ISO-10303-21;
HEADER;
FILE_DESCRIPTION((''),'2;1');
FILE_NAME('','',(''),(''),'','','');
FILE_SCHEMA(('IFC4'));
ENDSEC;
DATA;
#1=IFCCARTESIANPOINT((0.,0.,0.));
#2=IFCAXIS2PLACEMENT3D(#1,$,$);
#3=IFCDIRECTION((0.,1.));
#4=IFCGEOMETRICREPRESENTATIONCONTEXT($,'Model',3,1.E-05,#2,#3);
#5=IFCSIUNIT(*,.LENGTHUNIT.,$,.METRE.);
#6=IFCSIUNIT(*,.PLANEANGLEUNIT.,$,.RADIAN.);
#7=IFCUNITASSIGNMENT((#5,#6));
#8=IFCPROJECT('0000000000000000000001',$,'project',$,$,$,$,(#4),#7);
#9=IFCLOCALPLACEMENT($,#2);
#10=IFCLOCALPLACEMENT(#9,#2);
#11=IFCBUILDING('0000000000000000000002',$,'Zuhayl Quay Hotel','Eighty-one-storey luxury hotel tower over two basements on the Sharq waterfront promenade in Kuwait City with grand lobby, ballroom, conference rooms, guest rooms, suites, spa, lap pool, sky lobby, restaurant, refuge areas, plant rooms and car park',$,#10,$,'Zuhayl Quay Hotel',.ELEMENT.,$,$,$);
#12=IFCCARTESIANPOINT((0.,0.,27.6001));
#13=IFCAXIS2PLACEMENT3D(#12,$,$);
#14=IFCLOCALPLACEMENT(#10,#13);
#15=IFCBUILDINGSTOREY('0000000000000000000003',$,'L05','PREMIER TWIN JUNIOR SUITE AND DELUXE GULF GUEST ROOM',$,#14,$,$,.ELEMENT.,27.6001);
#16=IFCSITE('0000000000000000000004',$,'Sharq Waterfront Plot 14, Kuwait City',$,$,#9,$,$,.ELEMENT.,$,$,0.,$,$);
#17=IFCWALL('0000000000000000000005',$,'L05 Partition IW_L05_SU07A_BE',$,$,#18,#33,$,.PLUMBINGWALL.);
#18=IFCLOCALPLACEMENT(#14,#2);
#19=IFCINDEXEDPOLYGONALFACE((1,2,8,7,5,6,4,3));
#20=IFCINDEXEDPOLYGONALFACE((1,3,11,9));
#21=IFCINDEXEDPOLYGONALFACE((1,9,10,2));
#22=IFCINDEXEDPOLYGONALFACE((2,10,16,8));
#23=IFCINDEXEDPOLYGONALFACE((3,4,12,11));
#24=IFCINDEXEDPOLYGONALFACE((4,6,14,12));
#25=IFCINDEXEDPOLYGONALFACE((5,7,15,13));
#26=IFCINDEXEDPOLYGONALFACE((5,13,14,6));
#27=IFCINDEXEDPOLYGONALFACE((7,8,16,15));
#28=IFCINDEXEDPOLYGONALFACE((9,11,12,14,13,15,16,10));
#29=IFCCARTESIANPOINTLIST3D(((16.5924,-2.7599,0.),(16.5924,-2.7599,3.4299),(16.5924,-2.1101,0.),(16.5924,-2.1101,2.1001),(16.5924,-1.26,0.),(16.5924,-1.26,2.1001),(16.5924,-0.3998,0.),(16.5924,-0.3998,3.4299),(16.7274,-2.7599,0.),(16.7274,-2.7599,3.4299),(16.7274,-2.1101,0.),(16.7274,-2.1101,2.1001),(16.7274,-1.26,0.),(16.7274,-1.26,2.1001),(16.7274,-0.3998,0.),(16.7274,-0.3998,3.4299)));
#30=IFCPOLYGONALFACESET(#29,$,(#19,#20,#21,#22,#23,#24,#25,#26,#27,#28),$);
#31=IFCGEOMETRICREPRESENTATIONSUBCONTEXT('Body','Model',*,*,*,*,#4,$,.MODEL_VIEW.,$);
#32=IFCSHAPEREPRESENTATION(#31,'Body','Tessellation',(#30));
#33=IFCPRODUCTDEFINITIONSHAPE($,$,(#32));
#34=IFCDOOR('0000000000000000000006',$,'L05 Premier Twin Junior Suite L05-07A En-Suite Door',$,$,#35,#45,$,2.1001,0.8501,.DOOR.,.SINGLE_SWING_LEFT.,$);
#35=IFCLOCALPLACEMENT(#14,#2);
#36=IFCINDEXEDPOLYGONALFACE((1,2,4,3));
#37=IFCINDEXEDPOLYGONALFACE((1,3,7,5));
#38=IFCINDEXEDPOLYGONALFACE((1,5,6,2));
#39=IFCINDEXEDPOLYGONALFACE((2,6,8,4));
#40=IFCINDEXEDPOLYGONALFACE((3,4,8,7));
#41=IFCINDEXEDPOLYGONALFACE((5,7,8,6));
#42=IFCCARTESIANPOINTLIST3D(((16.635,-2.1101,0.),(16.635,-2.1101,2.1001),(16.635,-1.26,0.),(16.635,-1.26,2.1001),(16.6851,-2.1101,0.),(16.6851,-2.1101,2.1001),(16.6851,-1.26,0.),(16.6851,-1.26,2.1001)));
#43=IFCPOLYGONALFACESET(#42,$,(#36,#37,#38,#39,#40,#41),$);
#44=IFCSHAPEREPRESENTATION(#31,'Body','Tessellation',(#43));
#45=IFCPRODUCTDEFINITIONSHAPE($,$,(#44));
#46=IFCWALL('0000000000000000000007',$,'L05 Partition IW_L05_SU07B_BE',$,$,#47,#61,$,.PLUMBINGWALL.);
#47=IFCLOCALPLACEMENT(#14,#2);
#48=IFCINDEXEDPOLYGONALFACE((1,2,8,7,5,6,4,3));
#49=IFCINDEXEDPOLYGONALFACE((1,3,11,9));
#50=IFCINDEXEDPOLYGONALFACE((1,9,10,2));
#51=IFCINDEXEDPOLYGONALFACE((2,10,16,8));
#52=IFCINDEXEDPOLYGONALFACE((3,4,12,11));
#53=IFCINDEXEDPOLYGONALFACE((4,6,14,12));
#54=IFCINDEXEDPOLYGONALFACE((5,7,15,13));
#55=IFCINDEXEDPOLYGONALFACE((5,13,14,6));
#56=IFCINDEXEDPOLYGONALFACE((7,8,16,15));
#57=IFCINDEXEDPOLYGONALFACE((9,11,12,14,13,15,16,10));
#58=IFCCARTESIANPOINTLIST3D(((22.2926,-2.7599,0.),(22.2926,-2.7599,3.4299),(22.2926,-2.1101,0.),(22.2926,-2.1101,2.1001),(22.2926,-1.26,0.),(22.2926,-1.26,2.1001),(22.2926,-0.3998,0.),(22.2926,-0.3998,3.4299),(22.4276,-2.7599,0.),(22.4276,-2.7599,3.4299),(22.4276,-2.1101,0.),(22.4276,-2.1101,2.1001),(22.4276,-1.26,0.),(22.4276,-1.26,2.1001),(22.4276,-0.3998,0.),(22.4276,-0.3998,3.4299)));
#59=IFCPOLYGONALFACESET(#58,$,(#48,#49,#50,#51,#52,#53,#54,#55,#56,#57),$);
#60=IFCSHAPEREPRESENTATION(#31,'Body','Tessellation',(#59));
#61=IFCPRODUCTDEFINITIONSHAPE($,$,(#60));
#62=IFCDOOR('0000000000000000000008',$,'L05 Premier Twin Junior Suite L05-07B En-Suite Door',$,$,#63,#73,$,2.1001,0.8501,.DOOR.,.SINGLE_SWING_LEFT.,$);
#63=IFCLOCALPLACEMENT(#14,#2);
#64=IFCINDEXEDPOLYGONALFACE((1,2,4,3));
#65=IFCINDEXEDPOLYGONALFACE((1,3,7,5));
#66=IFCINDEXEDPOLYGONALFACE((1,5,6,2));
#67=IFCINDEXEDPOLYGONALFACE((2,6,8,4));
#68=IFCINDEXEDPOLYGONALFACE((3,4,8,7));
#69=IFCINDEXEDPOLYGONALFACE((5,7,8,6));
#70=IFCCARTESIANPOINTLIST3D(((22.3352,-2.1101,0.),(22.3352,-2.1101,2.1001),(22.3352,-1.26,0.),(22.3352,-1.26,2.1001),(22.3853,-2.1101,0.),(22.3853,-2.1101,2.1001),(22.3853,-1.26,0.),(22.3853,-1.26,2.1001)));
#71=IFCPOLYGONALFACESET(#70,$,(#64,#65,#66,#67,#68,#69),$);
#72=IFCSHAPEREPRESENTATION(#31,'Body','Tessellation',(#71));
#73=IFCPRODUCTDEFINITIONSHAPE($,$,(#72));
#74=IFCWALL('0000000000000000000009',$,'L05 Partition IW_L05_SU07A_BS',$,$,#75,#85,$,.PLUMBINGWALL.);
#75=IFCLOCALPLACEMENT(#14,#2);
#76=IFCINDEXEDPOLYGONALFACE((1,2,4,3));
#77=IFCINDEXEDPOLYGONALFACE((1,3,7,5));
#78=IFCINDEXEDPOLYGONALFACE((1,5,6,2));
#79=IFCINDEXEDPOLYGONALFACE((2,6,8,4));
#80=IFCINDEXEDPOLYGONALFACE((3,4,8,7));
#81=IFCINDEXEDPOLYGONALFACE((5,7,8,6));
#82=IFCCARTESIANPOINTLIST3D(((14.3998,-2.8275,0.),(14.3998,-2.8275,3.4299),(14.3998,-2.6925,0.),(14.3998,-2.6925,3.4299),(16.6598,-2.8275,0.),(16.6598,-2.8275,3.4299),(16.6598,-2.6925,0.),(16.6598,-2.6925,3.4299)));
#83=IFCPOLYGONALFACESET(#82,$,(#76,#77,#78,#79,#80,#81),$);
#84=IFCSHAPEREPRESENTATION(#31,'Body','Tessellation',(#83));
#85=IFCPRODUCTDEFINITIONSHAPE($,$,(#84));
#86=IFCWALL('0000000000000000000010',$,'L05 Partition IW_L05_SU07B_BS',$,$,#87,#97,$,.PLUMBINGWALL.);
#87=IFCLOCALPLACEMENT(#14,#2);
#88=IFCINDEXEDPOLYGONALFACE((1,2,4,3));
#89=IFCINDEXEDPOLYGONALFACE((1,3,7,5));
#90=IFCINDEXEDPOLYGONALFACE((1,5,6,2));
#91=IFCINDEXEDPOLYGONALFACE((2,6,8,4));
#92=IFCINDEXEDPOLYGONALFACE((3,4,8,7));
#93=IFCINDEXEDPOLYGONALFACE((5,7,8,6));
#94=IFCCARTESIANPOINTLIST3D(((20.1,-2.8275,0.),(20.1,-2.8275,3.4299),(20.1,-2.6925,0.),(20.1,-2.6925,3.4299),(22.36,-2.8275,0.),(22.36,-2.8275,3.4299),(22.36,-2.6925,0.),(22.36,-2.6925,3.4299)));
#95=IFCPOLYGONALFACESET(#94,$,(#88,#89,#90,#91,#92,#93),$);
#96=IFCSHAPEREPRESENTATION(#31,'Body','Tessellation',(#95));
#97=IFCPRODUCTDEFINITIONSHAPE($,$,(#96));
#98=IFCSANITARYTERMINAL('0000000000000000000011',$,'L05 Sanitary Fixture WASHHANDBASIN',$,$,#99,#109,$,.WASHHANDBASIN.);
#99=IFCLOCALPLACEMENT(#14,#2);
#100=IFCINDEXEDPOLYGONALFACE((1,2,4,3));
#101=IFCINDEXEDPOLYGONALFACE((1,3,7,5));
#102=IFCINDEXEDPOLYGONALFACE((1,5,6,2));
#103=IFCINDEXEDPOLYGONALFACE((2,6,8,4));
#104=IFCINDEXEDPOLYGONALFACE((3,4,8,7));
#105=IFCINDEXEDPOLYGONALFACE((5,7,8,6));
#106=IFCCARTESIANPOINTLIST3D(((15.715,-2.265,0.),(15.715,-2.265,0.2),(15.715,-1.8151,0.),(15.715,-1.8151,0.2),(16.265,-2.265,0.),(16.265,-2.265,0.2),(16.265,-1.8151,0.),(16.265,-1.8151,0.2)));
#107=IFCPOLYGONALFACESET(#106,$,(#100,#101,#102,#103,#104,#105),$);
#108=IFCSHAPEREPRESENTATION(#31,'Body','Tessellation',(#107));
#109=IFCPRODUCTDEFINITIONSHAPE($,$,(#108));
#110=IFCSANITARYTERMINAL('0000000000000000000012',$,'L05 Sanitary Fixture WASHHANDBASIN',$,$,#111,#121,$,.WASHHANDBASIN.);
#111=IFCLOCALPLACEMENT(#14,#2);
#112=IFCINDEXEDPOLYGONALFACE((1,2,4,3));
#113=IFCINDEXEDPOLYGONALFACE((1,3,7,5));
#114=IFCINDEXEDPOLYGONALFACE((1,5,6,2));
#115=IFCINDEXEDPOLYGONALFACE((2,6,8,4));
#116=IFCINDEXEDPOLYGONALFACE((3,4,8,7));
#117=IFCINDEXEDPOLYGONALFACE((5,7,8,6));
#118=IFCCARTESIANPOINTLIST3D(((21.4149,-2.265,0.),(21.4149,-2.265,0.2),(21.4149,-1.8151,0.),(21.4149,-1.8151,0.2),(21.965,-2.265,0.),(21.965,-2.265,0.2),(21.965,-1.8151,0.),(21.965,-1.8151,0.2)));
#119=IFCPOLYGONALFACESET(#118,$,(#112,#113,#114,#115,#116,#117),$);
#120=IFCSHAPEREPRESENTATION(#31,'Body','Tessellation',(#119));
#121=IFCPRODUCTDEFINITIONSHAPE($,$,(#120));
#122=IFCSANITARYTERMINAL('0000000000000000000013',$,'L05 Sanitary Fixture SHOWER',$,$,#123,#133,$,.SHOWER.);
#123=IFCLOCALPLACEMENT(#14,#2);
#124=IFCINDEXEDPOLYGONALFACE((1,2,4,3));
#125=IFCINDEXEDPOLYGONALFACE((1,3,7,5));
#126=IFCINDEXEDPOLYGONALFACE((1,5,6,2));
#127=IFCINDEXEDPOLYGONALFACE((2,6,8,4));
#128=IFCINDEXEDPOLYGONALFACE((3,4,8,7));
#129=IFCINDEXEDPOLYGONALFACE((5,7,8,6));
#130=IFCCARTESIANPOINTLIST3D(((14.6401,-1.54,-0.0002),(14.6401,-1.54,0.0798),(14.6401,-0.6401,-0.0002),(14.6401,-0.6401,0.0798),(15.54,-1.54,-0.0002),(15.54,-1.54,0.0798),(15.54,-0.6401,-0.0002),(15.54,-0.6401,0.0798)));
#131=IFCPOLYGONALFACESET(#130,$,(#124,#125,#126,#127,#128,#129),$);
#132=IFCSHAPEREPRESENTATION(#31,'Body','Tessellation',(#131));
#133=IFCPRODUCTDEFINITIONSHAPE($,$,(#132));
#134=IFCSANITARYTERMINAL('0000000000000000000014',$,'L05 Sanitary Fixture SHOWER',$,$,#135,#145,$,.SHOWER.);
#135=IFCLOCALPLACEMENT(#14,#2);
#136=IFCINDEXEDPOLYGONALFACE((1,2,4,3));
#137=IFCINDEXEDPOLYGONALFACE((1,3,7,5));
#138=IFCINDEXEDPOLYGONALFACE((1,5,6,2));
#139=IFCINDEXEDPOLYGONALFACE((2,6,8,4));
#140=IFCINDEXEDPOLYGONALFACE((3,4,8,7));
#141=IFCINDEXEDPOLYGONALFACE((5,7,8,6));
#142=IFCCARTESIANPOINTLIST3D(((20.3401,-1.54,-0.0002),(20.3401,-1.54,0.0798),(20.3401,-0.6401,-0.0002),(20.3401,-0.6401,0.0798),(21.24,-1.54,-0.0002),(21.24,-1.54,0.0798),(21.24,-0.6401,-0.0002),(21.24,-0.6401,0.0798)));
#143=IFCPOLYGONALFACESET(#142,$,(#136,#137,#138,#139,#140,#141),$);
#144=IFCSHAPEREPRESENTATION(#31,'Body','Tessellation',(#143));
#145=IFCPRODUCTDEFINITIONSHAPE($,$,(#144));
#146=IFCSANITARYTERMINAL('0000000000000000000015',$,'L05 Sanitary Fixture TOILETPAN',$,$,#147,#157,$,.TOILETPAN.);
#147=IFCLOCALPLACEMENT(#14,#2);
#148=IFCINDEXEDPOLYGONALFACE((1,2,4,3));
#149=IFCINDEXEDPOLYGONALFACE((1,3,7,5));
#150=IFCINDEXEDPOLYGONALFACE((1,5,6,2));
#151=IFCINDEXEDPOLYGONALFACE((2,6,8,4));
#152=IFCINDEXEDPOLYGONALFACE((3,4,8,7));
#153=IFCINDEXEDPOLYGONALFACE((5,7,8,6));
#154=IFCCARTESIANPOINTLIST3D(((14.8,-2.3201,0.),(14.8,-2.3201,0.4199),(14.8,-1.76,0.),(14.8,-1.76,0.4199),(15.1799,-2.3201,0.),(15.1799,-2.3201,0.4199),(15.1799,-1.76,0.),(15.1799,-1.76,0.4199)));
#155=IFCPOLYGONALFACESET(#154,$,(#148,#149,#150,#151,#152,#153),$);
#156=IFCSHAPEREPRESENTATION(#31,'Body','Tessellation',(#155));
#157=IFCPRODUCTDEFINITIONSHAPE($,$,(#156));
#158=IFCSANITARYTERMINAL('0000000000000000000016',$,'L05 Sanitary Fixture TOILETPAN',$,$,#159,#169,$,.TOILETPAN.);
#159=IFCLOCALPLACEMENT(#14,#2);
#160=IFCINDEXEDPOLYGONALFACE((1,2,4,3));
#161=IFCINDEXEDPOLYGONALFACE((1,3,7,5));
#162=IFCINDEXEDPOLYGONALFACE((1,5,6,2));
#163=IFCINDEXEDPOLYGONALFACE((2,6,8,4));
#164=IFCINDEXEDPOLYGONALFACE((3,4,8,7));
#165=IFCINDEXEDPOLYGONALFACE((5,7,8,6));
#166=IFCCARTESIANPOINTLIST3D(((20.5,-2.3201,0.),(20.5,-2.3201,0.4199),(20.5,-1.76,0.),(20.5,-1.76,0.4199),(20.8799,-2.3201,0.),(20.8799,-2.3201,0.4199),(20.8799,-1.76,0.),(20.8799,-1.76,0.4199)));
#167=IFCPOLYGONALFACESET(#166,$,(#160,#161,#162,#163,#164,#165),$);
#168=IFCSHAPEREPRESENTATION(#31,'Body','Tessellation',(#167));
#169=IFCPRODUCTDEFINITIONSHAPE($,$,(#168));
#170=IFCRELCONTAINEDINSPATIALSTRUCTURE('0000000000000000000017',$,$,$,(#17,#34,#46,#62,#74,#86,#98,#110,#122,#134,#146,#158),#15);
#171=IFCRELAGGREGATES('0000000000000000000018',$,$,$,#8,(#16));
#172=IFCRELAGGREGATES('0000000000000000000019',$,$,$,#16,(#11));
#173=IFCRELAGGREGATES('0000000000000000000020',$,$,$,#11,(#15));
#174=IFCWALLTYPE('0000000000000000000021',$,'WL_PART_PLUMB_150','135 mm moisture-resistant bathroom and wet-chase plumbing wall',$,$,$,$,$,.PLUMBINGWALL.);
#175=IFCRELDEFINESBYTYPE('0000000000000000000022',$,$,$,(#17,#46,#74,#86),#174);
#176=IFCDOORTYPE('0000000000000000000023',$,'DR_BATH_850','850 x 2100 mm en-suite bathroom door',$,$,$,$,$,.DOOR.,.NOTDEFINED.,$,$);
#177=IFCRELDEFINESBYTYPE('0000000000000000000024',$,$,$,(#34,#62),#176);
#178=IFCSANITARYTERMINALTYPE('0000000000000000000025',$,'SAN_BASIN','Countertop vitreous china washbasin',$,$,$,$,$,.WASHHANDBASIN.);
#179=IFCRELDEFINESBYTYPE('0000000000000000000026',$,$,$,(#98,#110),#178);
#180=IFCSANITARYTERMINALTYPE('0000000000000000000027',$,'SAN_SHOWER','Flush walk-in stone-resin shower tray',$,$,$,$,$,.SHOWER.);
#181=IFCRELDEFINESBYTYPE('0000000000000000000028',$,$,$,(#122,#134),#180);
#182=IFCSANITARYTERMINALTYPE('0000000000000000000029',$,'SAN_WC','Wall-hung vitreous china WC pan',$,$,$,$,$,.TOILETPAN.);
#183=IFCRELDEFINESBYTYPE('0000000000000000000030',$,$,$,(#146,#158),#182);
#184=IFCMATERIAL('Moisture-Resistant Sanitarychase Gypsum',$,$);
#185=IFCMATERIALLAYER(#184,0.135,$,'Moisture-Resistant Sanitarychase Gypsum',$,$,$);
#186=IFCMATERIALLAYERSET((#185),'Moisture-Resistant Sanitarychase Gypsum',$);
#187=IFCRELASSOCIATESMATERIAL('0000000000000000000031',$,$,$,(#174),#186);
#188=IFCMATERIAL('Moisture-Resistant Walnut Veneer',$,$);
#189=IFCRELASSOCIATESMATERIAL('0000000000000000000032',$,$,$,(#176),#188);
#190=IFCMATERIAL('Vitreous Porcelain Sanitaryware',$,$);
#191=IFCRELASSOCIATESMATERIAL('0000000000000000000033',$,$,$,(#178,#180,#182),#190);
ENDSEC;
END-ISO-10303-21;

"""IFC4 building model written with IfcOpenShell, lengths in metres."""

from ifc_helpers import new_model, si_unit, direction, frame, frame_2d, origin, origin_2d, place, context, subcontext, project, spatial, rectangle, extrude, material, layer, layer_set, type_object, element, fill, save


model = new_model("IFC4")

# Units and contexts
model_context = context("Model", 3, precision=1e-05, world=origin(), true_north=direction((0.0, 1.0)))
body_context = subcontext(model_context, "Body", "Model", "MODEL_VIEW")
ifc_project = project(units=[si_unit("LENGTHUNIT", "METRE"), si_unit("PLANEANGLEUNIT", "RADIAN")], contexts=[model_context])

# Site, building, storey
site_placement = place(None, origin())
site = spatial("IfcSite", under=ifc_project, at=site_placement, Name="Sharq Waterfront Plot 14, Kuwait City", CompositionType="ELEMENT", RefElevation=0.0)
building_placement = place(site_placement, origin())
building = spatial("IfcBuilding", under=site, at=building_placement, Name="Zuhayl Quay Hotel", Description="Eighty-one-storey luxury hotel tower over two basements on the Sharq waterfront promenade in Kuwait City with grand lobby, ballroom, conference rooms, guest rooms, suites, spa, lap pool, sky lobby, restaurant, refuge areas, plant rooms and car park", LongName="Zuhayl Quay Hotel", CompositionType="ELEMENT")
storey_placement = place(building_placement, frame((0.0, 0.0, 27.6001)))
storey = spatial("IfcBuildingStorey", under=building, at=storey_placement, Name="L05", Description="PREMIER TWIN JUNIOR SUITE AND DELUXE GULF GUEST ROOM", CompositionType="ELEMENT", Elevation=27.6001)

# Walls, openings, doors
ifc_material_1 = material(Name="Moisture-Resistant Sanitarychase Gypsum")
ifc_layer_1 = layer(ifc_material_1, 0.135, Name="Moisture-Resistant Sanitarychase Gypsum")
ifc_layer_set_1 = layer_set([ifc_layer_1], Name="Moisture-Resistant Sanitarychase Gypsum")
wall_type_1 = type_object("IfcWallType", Name="WL_PART_PLUMB_150", Description="135 mm moisture-resistant bathroom and wet-chase plumbing wall", PredefinedType="PLUMBINGWALL", material=ifc_layer_set_1)
wall_1_placement = place(storey_placement, frame((16.6599, -2.76, 0.0), z_axis=(0.0, 0.0, 1.0), x_axis=(0.0, 1.0, 0.0)))
wall_1 = element("IfcWall", 1, at=wall_1_placement, inside=storey, type_object=wall_type_1, Name="L05 Partition IW_L05_SU07A_BE", PredefinedType="PLUMBINGWALL", context=body_context, shape_type="SweptSolid", body=[
    extrude(rectangle(XDim=2.3601, YDim=0.135, at=frame_2d((1.1802, 0.0))), origin(), (0.0, 0.0, 1.0), 3.4299),
])
opening_1_placement = place(wall_1_placement, frame((0.6499, 0.0, 0.0)))
opening_1 = element("IfcOpeningElement", 2, at=opening_1_placement, cuts=wall_1, PredefinedType="OPENING", context=body_context, shape_type="SweptSolid", body=[
    extrude(rectangle(XDim=0.8501, YDim=2.1001, at=frame_2d((0.425, 1.05))), frame((0.0, 0.0774, 0.0), z_axis=(0.0, -1.0, 0.0), x_axis=(1.0, 0.0, 0.0)), (0.0, 0.0, 1.0), 0.155),
])
ifc_material_2 = material(Name="Moisture-Resistant Walnut Veneer")
door_type_1 = type_object("IfcDoorType", Name="DR_BATH_850", Description="850 x 2100 mm en-suite bathroom door", OperationType="NOTDEFINED", PredefinedType="DOOR", material=ifc_material_2)
door_1_placement = place(opening_1_placement, origin())
door_1 = element("IfcDoor", 3, at=door_1_placement, inside=storey, type_object=door_type_1, Name="L05 Premier Twin Junior Suite L05-07A En-Suite Door", OperationType="SINGLE_SWING_LEFT", OverallHeight=2.1001, OverallWidth=0.8501, PredefinedType="DOOR", context=body_context, shape_type="SweptSolid", body=[
    extrude(rectangle(XDim=0.8501, YDim=2.1001, at=frame_2d((0.425, 1.05))), frame((0.0, 0.0249, 0.0), z_axis=(0.0, -1.0, 0.0), x_axis=(1.0, 0.0, 0.0)), (0.0, 0.0, 1.0), 0.05),
])
fill(opening_1, door_1)
wall_2_placement = place(storey_placement, frame((22.3601, -2.76, 0.0), z_axis=(0.0, 0.0, 1.0), x_axis=(0.0, 1.0, 0.0)))
wall_2 = element("IfcWall", 4, at=wall_2_placement, inside=storey, type_object=wall_type_1, Name="L05 Partition IW_L05_SU07B_BE", PredefinedType="PLUMBINGWALL", context=body_context, shape_type="SweptSolid", body=[
    extrude(rectangle(XDim=2.3601, YDim=0.135, at=frame_2d((1.1802, 0.0))), origin(), (0.0, 0.0, 1.0), 3.4299),
])
opening_2_placement = place(wall_2_placement, frame((0.6499, 0.0, 0.0)))
opening_2 = element("IfcOpeningElement", 5, at=opening_2_placement, cuts=wall_2, PredefinedType="OPENING", context=body_context, shape_type="SweptSolid", body=[
    extrude(rectangle(XDim=0.8501, YDim=2.1001, at=frame_2d((0.425, 1.05))), frame((0.0, 0.0774, 0.0), z_axis=(0.0, -1.0, 0.0), x_axis=(1.0, 0.0, 0.0)), (0.0, 0.0, 1.0), 0.155),
])
door_2_placement = place(opening_2_placement, origin())
door_2 = element("IfcDoor", 6, at=door_2_placement, inside=storey, type_object=door_type_1, Name="L05 Premier Twin Junior Suite L05-07B En-Suite Door", OperationType="SINGLE_SWING_LEFT", OverallHeight=2.1001, OverallWidth=0.8501, PredefinedType="DOOR", context=body_context, shape_type="SweptSolid", body=[
    extrude(rectangle(XDim=0.8501, YDim=2.1001, at=frame_2d((0.425, 1.05))), frame((0.0, 0.0249, 0.0), z_axis=(0.0, -1.0, 0.0), x_axis=(1.0, 0.0, 0.0)), (0.0, 0.0, 1.0), 0.05),
])
fill(opening_2, door_2)

# Walls
for number, where, z_axis, x_axis, name in (
    (7, (14.3999, -2.76, 0.0), (0.0, 0.0, 1.0), (1.0, 0.0, 0.0), "L05 Partition IW_L05_SU07A_BS"),
    (8, (20.1001, -2.76, 0.0), (0.0, 0.0, 1.0), (1.0, 0.0, 0.0), "L05 Partition IW_L05_SU07B_BS"),
):
    element("IfcWall", number, at=place(storey_placement, frame(where, z_axis=z_axis, x_axis=x_axis)), inside=storey, type_object=wall_type_1, Name=name, PredefinedType="PLUMBINGWALL", context=body_context, shape_type="SweptSolid", body=[
        extrude(rectangle(XDim=2.26, YDim=0.135, at=frame_2d((1.1299, 0.0))), origin(), (0.0, 0.0, 1.0), 3.4299),
    ])

# Sanitary terminals
ifc_material_3 = material(Name="Vitreous Porcelain Sanitaryware")
sanitary_terminal_type_1 = type_object("IfcSanitaryTerminalType", Name="SAN_BASIN", Description="Countertop vitreous china washbasin", PredefinedType="WASHHANDBASIN", material=ifc_material_3)
for number, where, z_axis, x_axis, name in (
    (9, (15.99, -2.04, 0.0), (0.0, 0.0, 1.0), (1.0, 0.0, 0.0), "L05 Sanitary Fixture WASHHANDBASIN"),
    (10, (21.6899, -2.04, 0.0), (0.0, 0.0, 1.0), (1.0, 0.0, 0.0), "L05 Sanitary Fixture WASHHANDBASIN"),
):
    element("IfcSanitaryTerminal", number, at=place(storey_placement, frame(where, z_axis=z_axis, x_axis=x_axis)), inside=storey, type_object=sanitary_terminal_type_1, Name=name, PredefinedType="WASHHANDBASIN", context=body_context, shape_type="SweptSolid", body=[
        extrude(rectangle(XDim=0.55, YDim=0.45, at=origin_2d()), origin(), (0.0, 0.0, 1.0), 0.2),
    ])
sanitary_terminal_type_2 = type_object("IfcSanitaryTerminalType", Name="SAN_SHOWER", Description="Flush walk-in stone-resin shower tray", PredefinedType="SHOWER", material=ifc_material_3)
for number, where, z_axis, x_axis, name in (
    (11, (15.0901, -1.0901, -0.0002), (0.0, 0.0, 1.0), (1.0, 0.0, 0.0), "L05 Sanitary Fixture SHOWER"),
    (12, (20.79, -1.0901, -0.0002), (0.0, 0.0, 1.0), (1.0, 0.0, 0.0), "L05 Sanitary Fixture SHOWER"),
):
    element("IfcSanitaryTerminal", number, at=place(storey_placement, frame(where, z_axis=z_axis, x_axis=x_axis)), inside=storey, type_object=sanitary_terminal_type_2, Name=name, PredefinedType="SHOWER", context=body_context, shape_type="SweptSolid", body=[
        extrude(rectangle(XDim=0.8999, YDim=0.8999, at=origin_2d()), origin(), (0.0, 0.0, 1.0), 0.0801),
    ])
sanitary_terminal_type_3 = type_object("IfcSanitaryTerminalType", Name="SAN_WC", Description="Wall-hung vitreous china WC pan", PredefinedType="TOILETPAN", material=ifc_material_3)
for number, where, z_axis, x_axis, name in (
    (13, (14.99, -2.04, 0.0), (0.0, 0.0, 1.0), (1.0, 0.0, 0.0), "L05 Sanitary Fixture TOILETPAN"),
    (14, (20.6899, -2.04, 0.0), (0.0, 0.0, 1.0), (1.0, 0.0, 0.0), "L05 Sanitary Fixture TOILETPAN"),
):
    element("IfcSanitaryTerminal", number, at=place(storey_placement, frame(where, z_axis=z_axis, x_axis=x_axis)), inside=storey, type_object=sanitary_terminal_type_3, Name=name, PredefinedType="TOILETPAN", context=body_context, shape_type="SweptSolid", body=[
        extrude(rectangle(XDim=0.3799, YDim=0.5601, at=origin_2d()), origin(), (0.0, 0.0, 1.0), 0.4199),
    ])

save(model, "model.ifc")
